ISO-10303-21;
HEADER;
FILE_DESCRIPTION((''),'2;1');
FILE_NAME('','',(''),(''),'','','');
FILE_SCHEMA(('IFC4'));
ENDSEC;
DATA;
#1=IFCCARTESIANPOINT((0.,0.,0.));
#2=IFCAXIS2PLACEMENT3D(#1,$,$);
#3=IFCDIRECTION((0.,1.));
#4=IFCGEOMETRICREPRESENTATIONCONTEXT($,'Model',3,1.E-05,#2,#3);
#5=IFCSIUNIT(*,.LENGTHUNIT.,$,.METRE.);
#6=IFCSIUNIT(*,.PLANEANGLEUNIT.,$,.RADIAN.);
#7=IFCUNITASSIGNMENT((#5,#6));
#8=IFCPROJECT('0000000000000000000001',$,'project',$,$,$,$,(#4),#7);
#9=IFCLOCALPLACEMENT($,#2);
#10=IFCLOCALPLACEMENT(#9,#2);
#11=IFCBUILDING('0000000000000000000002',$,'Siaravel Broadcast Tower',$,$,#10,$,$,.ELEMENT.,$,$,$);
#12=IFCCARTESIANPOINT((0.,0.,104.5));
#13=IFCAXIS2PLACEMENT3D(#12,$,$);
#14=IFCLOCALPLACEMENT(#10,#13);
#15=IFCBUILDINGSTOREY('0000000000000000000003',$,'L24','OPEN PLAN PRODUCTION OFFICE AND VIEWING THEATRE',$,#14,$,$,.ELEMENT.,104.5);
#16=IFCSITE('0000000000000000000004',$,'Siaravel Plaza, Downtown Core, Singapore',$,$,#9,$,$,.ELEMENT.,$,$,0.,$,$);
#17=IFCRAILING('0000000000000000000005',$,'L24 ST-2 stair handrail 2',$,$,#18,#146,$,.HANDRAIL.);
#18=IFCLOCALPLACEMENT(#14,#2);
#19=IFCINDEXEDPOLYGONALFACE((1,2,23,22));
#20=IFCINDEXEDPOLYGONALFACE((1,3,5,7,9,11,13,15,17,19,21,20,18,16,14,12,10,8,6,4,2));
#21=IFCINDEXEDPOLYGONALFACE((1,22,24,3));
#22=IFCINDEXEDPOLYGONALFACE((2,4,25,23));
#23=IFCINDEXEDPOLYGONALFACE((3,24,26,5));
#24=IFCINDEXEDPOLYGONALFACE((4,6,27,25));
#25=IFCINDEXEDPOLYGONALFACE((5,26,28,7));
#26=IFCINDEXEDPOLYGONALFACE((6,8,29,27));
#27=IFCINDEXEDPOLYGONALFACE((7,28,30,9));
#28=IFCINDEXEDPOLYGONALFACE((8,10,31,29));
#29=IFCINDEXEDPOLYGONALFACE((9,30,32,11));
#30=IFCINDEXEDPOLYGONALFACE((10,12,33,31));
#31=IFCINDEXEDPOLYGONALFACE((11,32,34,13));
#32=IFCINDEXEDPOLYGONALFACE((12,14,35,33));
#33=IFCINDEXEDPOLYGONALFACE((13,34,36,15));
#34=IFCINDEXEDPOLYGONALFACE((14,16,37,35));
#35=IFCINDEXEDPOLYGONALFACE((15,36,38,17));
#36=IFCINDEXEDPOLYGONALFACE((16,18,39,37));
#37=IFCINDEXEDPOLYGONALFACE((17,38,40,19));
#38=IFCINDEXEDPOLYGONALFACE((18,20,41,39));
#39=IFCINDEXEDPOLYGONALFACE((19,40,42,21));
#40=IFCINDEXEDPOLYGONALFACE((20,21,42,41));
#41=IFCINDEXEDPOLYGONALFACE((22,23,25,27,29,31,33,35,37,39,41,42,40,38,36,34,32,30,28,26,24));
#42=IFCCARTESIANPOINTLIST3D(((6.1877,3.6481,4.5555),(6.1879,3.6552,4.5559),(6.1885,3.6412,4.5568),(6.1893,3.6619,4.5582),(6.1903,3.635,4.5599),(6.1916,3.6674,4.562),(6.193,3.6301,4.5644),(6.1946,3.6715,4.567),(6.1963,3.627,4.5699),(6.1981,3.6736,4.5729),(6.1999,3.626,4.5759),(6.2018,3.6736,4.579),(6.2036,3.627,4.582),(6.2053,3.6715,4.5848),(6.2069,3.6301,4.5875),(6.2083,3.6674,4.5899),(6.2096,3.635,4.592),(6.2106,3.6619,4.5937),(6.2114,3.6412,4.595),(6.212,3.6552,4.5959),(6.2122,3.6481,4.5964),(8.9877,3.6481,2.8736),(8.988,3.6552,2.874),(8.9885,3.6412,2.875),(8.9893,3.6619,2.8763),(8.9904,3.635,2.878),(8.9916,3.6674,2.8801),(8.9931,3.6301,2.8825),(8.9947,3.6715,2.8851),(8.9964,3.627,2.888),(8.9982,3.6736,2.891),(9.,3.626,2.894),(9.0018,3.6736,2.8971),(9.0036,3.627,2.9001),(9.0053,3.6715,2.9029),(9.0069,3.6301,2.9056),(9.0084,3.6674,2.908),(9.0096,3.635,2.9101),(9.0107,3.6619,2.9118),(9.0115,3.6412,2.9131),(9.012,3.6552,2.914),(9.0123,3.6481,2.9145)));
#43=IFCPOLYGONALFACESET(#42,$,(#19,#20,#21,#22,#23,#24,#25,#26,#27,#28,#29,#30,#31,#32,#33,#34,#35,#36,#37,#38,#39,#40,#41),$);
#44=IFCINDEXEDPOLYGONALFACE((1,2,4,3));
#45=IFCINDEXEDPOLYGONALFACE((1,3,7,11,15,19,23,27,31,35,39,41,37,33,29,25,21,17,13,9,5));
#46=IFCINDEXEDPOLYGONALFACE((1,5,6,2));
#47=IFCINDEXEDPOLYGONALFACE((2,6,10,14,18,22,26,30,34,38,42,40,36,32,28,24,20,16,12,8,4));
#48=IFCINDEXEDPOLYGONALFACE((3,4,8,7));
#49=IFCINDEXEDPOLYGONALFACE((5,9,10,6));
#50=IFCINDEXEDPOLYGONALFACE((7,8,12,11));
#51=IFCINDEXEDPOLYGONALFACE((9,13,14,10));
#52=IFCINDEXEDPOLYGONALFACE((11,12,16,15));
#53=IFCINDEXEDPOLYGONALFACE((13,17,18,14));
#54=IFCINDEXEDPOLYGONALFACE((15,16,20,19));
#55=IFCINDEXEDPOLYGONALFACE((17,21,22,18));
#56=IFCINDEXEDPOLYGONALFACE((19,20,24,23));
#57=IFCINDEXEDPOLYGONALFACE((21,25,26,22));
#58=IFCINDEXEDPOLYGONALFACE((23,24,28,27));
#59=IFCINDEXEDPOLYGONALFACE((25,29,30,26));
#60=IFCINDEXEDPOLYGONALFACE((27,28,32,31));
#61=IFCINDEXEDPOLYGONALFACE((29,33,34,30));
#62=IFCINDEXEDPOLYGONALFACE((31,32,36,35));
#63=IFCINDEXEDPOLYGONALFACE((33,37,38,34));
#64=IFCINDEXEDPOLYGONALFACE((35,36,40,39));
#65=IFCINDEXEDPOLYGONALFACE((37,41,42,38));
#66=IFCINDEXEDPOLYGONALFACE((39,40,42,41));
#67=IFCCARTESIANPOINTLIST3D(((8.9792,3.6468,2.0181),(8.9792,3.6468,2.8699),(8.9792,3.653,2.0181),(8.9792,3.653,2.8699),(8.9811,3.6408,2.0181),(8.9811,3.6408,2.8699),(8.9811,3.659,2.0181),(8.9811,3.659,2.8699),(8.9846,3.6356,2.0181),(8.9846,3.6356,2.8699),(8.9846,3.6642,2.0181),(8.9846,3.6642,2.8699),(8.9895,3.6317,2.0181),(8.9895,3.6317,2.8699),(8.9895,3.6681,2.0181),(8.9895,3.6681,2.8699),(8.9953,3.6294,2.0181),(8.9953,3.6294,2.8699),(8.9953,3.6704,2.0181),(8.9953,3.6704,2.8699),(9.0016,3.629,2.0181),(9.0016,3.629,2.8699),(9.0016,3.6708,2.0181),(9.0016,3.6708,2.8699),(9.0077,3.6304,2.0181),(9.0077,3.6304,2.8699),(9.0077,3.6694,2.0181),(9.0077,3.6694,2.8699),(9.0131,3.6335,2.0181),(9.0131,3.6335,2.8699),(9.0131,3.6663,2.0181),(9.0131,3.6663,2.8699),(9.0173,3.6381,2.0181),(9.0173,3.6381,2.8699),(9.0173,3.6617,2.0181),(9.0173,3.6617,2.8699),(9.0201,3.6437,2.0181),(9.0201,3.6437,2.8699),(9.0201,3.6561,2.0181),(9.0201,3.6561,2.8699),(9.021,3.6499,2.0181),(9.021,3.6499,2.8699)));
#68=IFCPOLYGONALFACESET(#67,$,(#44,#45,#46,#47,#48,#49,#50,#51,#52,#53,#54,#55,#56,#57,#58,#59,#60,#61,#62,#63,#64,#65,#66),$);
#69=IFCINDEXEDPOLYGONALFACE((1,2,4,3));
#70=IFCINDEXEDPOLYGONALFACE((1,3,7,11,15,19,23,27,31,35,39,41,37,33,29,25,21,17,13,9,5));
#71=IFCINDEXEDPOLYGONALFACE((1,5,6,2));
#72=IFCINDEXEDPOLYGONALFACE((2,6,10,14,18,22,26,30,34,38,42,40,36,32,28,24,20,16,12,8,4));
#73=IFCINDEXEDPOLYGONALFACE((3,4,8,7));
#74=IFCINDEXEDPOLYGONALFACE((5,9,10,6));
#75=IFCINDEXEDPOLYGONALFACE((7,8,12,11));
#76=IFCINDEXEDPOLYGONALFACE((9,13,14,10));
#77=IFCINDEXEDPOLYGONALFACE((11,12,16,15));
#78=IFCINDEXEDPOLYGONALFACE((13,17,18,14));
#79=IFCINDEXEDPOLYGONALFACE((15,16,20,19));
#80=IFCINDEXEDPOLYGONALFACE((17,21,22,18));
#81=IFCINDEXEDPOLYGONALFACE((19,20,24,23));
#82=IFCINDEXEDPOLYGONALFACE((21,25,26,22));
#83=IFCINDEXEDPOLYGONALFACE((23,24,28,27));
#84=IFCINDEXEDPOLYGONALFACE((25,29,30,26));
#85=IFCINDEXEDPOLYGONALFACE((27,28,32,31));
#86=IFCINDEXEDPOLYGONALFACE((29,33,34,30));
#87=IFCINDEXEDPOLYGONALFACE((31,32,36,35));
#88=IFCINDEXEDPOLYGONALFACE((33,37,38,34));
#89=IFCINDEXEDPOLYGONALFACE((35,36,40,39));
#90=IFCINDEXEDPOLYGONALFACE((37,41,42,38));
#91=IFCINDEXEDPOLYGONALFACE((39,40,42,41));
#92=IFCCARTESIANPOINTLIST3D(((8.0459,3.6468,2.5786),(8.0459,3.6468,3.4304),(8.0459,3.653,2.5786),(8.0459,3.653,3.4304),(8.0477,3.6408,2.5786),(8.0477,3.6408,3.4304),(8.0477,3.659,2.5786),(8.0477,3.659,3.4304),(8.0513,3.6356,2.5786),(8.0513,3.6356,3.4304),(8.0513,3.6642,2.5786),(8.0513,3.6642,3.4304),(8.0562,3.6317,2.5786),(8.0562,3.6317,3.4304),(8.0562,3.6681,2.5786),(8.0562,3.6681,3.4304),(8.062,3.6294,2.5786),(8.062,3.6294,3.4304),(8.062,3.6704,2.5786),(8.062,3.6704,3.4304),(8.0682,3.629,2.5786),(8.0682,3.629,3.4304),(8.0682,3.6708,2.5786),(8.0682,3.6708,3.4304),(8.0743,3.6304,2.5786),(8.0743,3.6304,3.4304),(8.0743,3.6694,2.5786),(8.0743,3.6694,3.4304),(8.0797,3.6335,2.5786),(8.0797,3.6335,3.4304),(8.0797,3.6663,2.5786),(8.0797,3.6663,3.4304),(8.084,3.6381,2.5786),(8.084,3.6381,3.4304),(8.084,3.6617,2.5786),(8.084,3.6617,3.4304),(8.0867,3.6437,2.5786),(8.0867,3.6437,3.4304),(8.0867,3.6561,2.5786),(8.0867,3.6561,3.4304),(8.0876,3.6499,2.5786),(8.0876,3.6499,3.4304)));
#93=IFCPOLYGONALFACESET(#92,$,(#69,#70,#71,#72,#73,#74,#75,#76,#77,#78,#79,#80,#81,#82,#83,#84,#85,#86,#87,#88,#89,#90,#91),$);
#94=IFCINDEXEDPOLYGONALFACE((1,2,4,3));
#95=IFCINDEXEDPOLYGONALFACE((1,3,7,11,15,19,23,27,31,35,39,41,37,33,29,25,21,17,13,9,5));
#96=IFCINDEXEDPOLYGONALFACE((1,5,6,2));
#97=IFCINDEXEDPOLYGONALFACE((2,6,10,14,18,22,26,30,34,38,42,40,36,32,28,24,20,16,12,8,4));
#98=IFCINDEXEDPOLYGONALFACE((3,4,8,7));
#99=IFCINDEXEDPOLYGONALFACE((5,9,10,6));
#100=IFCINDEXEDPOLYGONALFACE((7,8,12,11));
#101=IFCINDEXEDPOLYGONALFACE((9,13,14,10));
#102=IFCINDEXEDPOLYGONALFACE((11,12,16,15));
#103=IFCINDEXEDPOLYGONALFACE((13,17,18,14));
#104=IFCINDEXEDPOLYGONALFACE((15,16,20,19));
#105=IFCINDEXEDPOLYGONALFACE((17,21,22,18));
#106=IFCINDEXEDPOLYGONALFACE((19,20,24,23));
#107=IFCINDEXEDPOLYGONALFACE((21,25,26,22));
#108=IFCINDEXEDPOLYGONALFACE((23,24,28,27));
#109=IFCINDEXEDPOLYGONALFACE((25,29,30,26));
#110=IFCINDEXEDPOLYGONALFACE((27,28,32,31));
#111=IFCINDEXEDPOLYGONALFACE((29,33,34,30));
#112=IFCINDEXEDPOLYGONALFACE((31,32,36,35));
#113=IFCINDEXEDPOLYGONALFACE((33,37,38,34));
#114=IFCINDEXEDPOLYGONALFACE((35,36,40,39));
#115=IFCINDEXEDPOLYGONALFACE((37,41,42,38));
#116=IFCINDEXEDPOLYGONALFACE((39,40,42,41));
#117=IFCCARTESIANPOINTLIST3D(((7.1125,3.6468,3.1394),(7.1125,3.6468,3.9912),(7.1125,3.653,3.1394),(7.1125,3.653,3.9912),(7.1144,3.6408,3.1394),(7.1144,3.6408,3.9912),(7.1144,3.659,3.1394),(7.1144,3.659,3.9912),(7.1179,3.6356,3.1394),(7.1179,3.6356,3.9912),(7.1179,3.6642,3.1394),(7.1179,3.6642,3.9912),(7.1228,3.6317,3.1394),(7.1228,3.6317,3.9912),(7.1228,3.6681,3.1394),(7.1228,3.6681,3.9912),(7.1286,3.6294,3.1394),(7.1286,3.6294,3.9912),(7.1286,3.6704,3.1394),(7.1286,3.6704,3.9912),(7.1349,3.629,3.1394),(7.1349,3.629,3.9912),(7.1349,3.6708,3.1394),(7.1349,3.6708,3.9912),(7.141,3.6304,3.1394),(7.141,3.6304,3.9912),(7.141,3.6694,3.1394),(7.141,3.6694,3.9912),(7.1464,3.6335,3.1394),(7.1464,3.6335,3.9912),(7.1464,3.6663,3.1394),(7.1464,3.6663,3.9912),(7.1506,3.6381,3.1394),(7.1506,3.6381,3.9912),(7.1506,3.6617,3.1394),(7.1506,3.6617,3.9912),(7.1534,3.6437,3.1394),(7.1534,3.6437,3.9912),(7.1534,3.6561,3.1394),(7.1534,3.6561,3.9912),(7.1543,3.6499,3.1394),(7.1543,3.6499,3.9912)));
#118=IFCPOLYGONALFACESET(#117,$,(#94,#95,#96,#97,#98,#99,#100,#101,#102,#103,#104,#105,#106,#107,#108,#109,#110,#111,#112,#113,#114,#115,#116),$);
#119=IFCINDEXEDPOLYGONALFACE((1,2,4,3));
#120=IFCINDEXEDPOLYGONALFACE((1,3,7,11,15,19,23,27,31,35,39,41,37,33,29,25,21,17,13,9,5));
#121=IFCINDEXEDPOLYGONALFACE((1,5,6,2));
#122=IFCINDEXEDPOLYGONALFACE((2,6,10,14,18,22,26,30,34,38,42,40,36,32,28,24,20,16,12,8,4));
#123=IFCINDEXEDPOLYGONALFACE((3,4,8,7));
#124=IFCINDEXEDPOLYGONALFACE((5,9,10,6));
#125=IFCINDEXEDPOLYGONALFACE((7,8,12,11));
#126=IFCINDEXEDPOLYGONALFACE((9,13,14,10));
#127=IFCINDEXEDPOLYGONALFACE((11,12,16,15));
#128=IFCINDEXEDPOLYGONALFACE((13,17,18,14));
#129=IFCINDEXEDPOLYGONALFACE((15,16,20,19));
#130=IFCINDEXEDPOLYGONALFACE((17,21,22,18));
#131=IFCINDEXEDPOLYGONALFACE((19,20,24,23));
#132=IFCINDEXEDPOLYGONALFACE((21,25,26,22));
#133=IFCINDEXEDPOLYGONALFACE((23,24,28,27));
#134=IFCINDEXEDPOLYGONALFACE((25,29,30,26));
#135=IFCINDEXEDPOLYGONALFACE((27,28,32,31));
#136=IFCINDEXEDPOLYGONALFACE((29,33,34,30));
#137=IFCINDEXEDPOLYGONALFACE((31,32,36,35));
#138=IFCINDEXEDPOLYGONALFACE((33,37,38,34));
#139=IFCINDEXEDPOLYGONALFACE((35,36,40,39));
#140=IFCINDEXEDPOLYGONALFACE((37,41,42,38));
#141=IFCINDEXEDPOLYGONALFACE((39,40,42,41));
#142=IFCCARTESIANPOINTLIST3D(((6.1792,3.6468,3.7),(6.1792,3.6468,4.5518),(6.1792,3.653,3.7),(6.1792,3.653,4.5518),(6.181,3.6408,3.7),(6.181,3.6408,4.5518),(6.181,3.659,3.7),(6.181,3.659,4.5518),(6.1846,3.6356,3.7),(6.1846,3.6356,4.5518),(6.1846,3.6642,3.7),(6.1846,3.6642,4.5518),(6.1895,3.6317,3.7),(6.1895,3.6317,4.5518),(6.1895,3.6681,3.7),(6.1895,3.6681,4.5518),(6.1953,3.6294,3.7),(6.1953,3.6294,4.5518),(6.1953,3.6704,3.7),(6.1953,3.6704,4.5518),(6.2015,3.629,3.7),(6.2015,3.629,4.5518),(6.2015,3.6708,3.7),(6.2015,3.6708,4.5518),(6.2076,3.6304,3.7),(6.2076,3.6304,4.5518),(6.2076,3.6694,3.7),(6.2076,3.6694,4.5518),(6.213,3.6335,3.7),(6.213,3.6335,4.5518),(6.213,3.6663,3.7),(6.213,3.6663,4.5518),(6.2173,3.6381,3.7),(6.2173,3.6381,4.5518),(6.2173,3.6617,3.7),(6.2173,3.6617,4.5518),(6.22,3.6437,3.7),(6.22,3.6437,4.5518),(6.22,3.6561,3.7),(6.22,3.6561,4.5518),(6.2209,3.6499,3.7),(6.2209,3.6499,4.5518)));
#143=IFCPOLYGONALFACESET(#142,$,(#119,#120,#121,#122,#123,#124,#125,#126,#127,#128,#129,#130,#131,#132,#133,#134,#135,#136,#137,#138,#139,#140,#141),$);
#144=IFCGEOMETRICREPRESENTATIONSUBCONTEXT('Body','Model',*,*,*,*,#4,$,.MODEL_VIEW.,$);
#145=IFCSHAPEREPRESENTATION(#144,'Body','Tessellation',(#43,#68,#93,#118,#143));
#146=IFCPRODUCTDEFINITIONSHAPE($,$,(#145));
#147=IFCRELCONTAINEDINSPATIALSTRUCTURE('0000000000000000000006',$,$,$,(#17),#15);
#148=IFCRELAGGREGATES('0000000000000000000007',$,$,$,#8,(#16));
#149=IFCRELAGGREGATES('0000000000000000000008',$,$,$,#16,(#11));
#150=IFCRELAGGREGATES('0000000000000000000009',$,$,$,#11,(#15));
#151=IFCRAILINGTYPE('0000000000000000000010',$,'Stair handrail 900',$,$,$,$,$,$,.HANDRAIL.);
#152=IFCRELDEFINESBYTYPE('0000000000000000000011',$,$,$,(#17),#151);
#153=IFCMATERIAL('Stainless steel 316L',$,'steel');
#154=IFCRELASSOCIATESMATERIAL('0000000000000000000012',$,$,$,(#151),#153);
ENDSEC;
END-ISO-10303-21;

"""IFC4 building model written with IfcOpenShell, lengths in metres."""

from ifc_helpers import new_model, si_unit, direction, frame, origin, origin_2d, place, context, subcontext, project, spatial, circle, extrude, material, type_object, element, save


model = new_model("IFC4")

# Units and contexts
model_context = context("Model", 3, precision=1e-05, world=origin(), true_north=direction((0.0, 1.0)))
body_context = subcontext(model_context, "Body", "Model", "MODEL_VIEW")
ifc_project = project(units=[si_unit("LENGTHUNIT", "METRE"), si_unit("PLANEANGLEUNIT", "RADIAN")], contexts=[model_context])

# Site, building, storey
site_placement = place(None, origin())
site = spatial("IfcSite", under=ifc_project, at=site_placement, Name="Siaravel Plaza, Downtown Core, Singapore", CompositionType="ELEMENT", RefElevation=0.0)
building_placement = place(site_placement, origin())
building = spatial("IfcBuilding", under=site, at=building_placement, Name="Siaravel Broadcast Tower", CompositionType="ELEMENT")
storey_placement = place(building_placement, frame((0.0, 0.0, 104.5)))
storey = spatial("IfcBuildingStorey", under=building, at=storey_placement, Name="L24", Description="OPEN PLAN PRODUCTION OFFICE AND VIEWING THEATRE", CompositionType="ELEMENT", Elevation=104.5)

# Railing
ifc_material_1 = material(Name="Stainless steel 316L", Category="steel")
railing_type_1 = type_object("IfcRailingType", Name="Stair handrail 900", PredefinedType="HANDRAIL", material=ifc_material_1)
railing_1_placement = place(storey_placement, frame((9.0, 3.6499, 2.0181)))
element("IfcRailing", 1, at=railing_1_placement, inside=storey, type_object=railing_type_1, Name="L24 ST-2 stair handrail 2", PredefinedType="HANDRAIL", context=body_context, shape_type="SweptSolid", body=[
    extrude(circle(Radius=0.0239, at=origin_2d()), frame((0.0, 0.0, 0.876), z_axis=(-0.857242, 0.0, 0.514913), x_axis=(0.0, -1.0, 0.0)), (0.0, 0.0, 1.0), 3.2664),
    extrude(circle(Radius=0.021, at=origin_2d()), origin(), (0.0, 0.0, 1.0), 0.8518),
    extrude(circle(Radius=0.021, at=origin_2d()), frame((-0.9333, 0.0, 0.5605)), (0.0, 0.0, 1.0), 0.8518),
    extrude(circle(Radius=0.021, at=origin_2d()), frame((-1.8667, 0.0, 1.1213)), (0.0, 0.0, 1.0), 0.8518),
    extrude(circle(Radius=0.021, at=origin_2d()), frame((-2.8, 0.0, 1.6819)), (0.0, 0.0, 1.0), 0.8518),
])

save(model, "model.ifc")
